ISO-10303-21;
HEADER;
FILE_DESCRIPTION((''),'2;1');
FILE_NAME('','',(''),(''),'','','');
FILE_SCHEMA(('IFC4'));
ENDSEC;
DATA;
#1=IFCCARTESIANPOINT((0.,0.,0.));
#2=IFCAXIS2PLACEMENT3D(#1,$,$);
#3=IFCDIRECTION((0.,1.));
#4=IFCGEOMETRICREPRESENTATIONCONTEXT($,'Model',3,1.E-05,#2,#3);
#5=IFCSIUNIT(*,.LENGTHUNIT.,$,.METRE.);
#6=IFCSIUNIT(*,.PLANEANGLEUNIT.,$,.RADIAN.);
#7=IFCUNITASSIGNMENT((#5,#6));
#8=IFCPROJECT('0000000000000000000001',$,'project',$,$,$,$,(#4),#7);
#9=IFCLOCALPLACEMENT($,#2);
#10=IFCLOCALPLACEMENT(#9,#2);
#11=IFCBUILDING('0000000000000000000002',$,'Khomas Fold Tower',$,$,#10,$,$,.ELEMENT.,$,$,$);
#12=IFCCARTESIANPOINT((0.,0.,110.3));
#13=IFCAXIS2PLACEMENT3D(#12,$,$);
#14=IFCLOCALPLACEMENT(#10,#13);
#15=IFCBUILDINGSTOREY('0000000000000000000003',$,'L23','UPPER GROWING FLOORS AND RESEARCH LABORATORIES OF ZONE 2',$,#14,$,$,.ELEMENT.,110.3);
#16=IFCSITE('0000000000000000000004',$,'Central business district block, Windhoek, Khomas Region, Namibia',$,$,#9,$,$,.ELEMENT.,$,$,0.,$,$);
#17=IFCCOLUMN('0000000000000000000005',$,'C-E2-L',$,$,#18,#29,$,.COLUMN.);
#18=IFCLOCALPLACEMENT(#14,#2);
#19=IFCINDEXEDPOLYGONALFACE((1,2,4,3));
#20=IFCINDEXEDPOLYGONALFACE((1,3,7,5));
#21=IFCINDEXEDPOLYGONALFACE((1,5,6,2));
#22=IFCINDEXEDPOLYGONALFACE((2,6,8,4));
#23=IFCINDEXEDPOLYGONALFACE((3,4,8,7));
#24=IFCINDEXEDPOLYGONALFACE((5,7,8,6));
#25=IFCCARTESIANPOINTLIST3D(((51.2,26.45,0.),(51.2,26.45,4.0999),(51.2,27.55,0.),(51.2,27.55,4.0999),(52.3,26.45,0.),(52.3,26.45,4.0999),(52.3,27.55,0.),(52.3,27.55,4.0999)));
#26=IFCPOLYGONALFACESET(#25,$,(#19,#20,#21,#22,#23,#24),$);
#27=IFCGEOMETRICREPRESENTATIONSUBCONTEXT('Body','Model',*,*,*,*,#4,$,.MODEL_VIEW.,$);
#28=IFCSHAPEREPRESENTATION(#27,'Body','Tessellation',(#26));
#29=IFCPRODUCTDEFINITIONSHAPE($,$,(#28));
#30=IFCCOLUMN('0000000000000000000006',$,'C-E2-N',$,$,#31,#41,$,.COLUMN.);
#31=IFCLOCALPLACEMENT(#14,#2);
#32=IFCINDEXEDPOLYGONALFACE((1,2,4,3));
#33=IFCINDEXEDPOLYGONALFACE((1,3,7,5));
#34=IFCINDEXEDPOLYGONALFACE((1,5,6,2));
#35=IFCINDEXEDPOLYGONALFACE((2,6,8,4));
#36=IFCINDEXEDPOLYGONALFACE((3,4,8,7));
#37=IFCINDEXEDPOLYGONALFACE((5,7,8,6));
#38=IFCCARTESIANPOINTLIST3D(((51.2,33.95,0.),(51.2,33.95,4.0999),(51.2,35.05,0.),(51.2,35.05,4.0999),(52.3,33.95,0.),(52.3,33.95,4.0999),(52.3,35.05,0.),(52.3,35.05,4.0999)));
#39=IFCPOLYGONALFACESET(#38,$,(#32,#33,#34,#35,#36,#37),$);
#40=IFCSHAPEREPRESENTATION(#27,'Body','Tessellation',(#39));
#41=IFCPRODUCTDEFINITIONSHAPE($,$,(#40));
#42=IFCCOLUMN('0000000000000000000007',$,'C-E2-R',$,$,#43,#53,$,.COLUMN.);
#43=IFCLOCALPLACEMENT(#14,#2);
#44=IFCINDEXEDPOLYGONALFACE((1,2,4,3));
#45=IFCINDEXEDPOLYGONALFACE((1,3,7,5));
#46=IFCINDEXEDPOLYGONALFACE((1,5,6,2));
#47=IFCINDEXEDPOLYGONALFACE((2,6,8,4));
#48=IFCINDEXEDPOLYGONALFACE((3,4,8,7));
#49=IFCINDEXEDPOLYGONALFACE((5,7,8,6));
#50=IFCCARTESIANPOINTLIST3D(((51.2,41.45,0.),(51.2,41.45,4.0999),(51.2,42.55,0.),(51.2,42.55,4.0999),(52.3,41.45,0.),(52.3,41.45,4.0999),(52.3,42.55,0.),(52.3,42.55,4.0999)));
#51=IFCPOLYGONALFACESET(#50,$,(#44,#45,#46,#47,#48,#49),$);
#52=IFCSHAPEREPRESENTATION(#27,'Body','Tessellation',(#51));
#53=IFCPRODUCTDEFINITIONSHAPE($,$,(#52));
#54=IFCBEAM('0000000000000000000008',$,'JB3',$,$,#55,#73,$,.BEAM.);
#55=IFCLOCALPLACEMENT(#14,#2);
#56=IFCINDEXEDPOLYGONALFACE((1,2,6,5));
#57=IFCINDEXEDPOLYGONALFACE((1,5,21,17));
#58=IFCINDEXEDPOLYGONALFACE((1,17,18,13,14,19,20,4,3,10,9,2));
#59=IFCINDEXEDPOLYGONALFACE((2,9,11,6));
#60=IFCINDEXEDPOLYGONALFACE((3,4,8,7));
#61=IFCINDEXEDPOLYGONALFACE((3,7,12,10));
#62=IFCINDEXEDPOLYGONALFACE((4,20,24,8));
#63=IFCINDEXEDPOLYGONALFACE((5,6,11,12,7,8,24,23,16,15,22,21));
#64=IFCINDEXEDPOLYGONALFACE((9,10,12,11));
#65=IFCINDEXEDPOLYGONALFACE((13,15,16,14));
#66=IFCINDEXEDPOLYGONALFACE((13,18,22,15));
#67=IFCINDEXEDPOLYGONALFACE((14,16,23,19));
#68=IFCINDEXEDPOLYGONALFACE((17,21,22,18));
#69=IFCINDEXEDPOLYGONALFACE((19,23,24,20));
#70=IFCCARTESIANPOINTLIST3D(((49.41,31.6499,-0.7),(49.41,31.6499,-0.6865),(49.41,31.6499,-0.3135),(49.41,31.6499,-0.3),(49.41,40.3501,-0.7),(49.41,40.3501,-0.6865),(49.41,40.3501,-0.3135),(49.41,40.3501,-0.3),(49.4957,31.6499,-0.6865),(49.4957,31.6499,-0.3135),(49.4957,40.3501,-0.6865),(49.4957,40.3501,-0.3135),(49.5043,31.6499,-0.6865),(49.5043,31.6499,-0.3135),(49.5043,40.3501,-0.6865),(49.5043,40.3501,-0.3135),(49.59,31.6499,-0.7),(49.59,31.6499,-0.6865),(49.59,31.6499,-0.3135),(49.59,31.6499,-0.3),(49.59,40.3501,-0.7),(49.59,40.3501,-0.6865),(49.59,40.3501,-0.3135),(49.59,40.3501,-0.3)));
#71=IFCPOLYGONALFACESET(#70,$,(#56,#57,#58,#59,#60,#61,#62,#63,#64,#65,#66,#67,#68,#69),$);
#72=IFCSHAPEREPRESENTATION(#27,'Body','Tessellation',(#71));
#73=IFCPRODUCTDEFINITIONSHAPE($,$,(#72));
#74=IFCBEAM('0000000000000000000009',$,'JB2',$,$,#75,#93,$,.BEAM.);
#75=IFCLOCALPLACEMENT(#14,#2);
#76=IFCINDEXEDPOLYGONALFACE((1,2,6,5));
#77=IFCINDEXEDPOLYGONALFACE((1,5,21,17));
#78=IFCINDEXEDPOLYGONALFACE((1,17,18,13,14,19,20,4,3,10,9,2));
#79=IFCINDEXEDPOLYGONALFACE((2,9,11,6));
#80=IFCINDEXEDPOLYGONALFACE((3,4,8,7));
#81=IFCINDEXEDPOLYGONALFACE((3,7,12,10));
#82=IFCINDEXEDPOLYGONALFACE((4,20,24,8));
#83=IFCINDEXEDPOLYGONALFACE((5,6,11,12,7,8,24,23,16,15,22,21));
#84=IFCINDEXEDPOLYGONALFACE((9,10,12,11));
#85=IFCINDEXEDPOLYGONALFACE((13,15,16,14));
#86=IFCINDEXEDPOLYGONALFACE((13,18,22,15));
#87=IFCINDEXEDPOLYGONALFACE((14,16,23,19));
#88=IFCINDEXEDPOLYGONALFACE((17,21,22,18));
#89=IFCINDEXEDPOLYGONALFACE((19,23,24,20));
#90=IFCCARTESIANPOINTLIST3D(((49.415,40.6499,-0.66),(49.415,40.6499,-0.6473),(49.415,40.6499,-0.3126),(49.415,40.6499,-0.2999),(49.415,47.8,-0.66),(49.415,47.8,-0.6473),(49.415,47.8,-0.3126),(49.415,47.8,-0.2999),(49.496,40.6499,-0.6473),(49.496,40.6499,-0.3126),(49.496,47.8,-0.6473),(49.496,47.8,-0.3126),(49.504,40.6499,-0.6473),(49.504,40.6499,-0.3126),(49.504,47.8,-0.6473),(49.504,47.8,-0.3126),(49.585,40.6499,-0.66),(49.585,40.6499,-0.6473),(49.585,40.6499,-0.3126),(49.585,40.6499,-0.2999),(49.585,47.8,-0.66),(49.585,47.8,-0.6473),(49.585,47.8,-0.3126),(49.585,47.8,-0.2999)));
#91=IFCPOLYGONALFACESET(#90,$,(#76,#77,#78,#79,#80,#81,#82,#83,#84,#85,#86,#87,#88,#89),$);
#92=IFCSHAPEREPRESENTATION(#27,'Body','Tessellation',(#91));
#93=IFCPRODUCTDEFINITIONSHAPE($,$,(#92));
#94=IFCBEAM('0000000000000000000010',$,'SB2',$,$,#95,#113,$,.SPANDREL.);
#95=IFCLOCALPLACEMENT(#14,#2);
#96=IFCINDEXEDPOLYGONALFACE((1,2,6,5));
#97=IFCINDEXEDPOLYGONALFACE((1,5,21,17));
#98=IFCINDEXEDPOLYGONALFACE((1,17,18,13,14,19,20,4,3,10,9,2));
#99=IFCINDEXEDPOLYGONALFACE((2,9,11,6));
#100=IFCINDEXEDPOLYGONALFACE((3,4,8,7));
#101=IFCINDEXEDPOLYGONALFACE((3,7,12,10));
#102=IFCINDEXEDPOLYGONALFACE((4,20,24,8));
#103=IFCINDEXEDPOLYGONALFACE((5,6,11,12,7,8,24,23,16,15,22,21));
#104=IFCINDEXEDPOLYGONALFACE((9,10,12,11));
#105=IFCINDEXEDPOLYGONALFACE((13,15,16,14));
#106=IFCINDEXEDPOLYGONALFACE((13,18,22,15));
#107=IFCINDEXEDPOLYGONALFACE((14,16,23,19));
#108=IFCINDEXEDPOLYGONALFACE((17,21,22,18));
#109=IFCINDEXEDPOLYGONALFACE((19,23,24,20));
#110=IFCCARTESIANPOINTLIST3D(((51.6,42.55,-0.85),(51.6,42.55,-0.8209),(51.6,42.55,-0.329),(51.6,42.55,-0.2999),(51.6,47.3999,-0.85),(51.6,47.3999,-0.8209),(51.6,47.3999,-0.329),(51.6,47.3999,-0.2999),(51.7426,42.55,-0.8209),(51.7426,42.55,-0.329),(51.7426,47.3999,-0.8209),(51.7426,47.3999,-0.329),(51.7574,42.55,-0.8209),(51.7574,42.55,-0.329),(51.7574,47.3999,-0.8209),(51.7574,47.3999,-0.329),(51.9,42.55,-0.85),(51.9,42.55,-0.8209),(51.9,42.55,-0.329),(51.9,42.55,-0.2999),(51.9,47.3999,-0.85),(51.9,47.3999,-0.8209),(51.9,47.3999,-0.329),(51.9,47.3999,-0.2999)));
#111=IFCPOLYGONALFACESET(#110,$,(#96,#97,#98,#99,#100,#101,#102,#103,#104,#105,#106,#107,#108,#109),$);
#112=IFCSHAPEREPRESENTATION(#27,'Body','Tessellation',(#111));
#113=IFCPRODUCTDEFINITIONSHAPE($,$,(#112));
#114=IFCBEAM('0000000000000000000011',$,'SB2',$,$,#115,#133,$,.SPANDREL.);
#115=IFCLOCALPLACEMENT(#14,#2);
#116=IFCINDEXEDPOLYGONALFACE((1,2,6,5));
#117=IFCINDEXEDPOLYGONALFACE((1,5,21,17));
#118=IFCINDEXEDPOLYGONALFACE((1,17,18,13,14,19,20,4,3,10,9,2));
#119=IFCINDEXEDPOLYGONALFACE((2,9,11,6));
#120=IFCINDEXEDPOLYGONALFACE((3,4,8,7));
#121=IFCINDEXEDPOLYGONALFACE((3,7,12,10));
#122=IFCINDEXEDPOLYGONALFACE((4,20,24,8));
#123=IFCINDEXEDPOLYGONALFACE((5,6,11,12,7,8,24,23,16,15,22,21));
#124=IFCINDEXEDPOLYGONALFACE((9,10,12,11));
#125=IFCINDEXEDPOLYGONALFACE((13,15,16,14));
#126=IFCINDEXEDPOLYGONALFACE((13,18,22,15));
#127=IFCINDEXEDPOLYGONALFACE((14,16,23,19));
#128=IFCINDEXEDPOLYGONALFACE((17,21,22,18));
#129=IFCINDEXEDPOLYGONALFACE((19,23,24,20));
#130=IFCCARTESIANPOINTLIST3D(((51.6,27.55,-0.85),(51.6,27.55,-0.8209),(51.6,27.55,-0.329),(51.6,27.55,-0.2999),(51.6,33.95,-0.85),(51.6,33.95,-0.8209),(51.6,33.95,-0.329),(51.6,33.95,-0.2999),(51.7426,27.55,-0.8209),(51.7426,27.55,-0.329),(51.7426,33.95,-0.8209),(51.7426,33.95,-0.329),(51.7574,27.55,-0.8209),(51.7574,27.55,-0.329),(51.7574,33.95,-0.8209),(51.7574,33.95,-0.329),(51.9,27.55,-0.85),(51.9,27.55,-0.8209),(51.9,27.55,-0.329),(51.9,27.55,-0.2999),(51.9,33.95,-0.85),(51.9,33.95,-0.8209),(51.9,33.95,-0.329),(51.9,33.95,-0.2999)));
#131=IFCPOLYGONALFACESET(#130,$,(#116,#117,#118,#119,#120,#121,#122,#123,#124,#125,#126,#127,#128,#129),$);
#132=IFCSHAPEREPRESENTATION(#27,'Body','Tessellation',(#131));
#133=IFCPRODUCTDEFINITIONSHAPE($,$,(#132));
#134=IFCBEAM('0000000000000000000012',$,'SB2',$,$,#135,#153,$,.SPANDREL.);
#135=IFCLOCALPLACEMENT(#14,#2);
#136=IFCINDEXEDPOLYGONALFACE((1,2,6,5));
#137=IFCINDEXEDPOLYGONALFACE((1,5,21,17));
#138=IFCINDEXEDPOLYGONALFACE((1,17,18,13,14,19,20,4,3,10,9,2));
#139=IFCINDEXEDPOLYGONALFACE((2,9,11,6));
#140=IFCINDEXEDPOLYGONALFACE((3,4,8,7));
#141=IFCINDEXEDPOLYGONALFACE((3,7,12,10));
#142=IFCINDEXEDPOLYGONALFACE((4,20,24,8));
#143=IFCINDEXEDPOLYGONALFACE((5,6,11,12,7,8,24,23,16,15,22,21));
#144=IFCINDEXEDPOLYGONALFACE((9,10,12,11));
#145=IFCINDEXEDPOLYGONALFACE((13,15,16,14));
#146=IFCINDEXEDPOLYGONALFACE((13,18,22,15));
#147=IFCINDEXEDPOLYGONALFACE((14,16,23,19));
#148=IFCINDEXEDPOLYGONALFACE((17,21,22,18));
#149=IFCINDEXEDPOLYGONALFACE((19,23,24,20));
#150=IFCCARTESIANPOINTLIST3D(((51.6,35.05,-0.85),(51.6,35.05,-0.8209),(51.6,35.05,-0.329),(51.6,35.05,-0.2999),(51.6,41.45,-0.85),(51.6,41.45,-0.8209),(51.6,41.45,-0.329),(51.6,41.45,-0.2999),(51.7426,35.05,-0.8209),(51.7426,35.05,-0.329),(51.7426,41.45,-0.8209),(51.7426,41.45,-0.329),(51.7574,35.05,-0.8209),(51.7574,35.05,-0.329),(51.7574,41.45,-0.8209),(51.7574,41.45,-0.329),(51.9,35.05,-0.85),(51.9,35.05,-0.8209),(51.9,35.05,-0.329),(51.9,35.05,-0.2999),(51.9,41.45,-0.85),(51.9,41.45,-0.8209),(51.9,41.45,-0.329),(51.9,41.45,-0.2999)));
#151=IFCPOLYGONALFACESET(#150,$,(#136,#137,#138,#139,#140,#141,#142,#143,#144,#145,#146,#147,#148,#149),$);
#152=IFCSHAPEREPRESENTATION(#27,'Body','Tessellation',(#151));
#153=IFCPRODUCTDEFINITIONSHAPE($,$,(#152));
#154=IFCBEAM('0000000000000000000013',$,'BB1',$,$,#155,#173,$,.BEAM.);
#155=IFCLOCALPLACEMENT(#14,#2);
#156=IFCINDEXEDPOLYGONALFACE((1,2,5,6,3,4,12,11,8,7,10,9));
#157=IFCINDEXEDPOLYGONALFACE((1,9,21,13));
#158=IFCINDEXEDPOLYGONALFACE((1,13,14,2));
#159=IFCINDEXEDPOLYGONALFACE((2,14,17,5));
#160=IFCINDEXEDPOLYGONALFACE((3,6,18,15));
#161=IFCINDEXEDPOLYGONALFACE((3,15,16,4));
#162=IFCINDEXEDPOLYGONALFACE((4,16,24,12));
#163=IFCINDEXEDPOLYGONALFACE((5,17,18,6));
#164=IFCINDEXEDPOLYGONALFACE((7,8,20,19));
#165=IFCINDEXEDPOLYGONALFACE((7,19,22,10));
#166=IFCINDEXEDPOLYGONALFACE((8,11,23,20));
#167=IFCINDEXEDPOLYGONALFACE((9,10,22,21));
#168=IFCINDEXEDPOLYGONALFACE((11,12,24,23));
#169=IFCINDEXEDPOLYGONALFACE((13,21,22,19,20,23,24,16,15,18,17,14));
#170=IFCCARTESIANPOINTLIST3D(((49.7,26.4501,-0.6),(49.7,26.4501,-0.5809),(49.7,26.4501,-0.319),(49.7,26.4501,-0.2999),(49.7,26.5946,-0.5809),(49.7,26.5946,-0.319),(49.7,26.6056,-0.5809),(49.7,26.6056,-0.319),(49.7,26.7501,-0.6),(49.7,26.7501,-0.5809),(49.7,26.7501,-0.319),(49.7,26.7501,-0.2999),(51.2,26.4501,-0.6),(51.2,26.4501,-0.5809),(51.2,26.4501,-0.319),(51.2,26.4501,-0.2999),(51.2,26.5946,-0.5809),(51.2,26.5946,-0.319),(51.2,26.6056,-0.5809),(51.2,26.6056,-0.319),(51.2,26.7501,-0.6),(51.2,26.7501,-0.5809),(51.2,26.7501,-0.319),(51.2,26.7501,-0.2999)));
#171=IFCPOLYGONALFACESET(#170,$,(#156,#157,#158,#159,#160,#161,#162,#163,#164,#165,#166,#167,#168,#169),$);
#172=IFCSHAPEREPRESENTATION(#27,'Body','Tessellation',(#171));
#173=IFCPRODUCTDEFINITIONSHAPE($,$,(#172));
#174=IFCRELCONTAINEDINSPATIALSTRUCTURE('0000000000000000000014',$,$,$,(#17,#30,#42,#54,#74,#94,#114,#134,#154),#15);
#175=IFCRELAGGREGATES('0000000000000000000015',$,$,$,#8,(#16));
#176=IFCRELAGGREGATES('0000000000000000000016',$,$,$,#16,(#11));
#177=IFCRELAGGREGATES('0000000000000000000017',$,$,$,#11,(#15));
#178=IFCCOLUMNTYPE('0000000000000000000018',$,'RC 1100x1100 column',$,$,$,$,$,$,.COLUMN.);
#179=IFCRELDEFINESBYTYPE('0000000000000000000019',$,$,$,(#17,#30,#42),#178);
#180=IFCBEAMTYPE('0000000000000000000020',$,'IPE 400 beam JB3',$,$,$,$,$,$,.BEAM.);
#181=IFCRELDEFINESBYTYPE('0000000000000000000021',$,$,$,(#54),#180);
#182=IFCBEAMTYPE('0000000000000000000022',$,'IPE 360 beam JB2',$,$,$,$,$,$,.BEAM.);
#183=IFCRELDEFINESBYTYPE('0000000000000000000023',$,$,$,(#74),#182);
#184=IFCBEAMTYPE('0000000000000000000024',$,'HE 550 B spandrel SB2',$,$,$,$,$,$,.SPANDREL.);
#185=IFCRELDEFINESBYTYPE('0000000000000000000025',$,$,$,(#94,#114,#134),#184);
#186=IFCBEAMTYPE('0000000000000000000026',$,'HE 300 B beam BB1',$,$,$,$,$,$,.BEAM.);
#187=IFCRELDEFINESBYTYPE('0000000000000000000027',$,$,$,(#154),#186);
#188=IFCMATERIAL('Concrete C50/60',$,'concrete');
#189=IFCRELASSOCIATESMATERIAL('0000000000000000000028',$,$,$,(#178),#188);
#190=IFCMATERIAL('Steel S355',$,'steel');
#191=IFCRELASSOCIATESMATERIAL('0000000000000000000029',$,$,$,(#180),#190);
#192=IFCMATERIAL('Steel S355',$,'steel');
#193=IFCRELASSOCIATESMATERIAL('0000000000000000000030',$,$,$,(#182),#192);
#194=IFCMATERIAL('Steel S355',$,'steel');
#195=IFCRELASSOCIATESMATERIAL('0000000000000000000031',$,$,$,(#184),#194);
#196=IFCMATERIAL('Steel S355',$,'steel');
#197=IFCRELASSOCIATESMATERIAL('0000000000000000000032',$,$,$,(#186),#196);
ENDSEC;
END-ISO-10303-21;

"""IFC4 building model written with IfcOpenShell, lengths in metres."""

from ifc_helpers import new_model, si_unit, direction, frame, origin, origin_2d, place, context, subcontext, project, spatial, rectangle, i_section, extrude, source, transform, mapped, material, material_profile, profile_set, type_object, element, save


model = new_model("IFC4")

# Units and contexts
model_context = context("Model", 3, precision=1e-05, world=origin(), true_north=direction((0.0, 1.0)))
body_context = subcontext(model_context, "Body", "Model", "MODEL_VIEW")
ifc_project = project(units=[si_unit("LENGTHUNIT", "METRE"), si_unit("PLANEANGLEUNIT", "RADIAN")], contexts=[model_context])

# Site, building, storey
site_placement = place(None, origin())
site = spatial("IfcSite", under=ifc_project, at=site_placement, Name="Central business district block, Windhoek, Khomas Region, Namibia", CompositionType="ELEMENT", RefElevation=0.0)
building_placement = place(site_placement, origin())
building = spatial("IfcBuilding", under=site, at=building_placement, Name="Khomas Fold Tower", CompositionType="ELEMENT")
storey_placement = place(building_placement, frame((0.0, 0.0, 110.3)))
storey = spatial("IfcBuildingStorey", under=building, at=storey_placement, Name="L23", Description="UPPER GROWING FLOORS AND RESEARCH LABORATORIES OF ZONE 2", CompositionType="ELEMENT", Elevation=110.3)

# Columns
ifc_material_1 = material(Name="Concrete C50/60", Category="concrete")
ifc_material_profile_1 = material_profile(ifc_material_1, rectangle(XDim=1.1001, YDim=1.1001, at=origin_2d()), Name="RC 1100x1100")
ifc_profile_set_1 = profile_set([ifc_material_profile_1], Name="Concrete C50/60")
column_type = type_object("IfcColumnType", Name="RC 1100x1100 column", PredefinedType="COLUMN", material=ifc_profile_set_1)
shared_shape_1 = source(origin(), body_context, "Body", "SweptSolid", [
    extrude(rectangle(XDim=1.1001, YDim=1.1001, at=origin_2d()), origin(), (0.0, 0.0, 1.0), 4.0999),
])
for number, where, z_axis, x_axis, name in (
    (1, (51.75, 27.0, 0.0), (0.0, 0.0, 1.0), (1.0, 0.0, 0.0), "C-E2-L"),
    (2, (51.75, 34.5, 0.0), (0.0, 0.0, 1.0), (1.0, 0.0, 0.0), "C-E2-N"),
    (3, (51.75, 42.0, 0.0), (0.0, 0.0, 1.0), (1.0, 0.0, 0.0), "C-E2-R"),
):
    element("IfcColumn", number, at=place(storey_placement, frame(where, z_axis=z_axis, x_axis=x_axis)), inside=storey, type_object=column_type, Name=name, PredefinedType="COLUMN", context=body_context, shape_type="MappedRepresentation", body=[
        mapped(shared_shape_1, transform((0.0, 0.0, 0.0))),
    ])

# Beams
ifc_material_2 = material(Name="Steel S355", Category="steel")
ifc_material_profile_2 = material_profile(ifc_material_2, i_section(OverallWidth=0.1799, OverallDepth=0.3999, WebThickness=0.0085, FlangeThickness=0.0134, at=origin_2d()), Name="IPE 400")
ifc_profile_set_2 = profile_set([ifc_material_profile_2], Name="Steel S355")
beam_type_1 = type_object("IfcBeamType", Name="IPE 400 beam JB3", PredefinedType="BEAM", material=ifc_profile_set_2)
shared_shape_2 = source(origin(), body_context, "Body", "SweptSolid", [
    extrude(i_section(OverallWidth=0.1799, OverallDepth=0.3999, WebThickness=0.0085, FlangeThickness=0.0134, at=origin_2d()), origin(), (0.0, 0.0, 1.0), 8.7002),
])
beam_1_placement = place(storey_placement, frame((49.5, 31.6499, -0.5), z_axis=(0.0, 1.0, 0.0), x_axis=(-1.0, 0.0, 0.0)))
element("IfcBeam", 4, at=beam_1_placement, inside=storey, type_object=beam_type_1, Name="JB3", PredefinedType="BEAM", context=body_context, shape_type="MappedRepresentation", body=[
    mapped(shared_shape_2, transform((0.0, 0.0, 0.0))),
])
ifc_material_3 = material(Name="Steel S355", Category="steel")
ifc_material_profile_3 = material_profile(ifc_material_3, i_section(OverallWidth=0.1699, OverallDepth=0.3601, WebThickness=0.0081, FlangeThickness=0.0127, at=origin_2d()), Name="IPE 360")
ifc_profile_set_3 = profile_set([ifc_material_profile_3], Name="Steel S355")
beam_type_2 = type_object("IfcBeamType", Name="IPE 360 beam JB2", PredefinedType="BEAM", material=ifc_profile_set_3)
shared_shape_3 = source(origin(), body_context, "Body", "SweptSolid", [
    extrude(i_section(OverallWidth=0.1699, OverallDepth=0.3601, WebThickness=0.0081, FlangeThickness=0.0127, at=origin_2d()), origin(), (0.0, 0.0, 1.0), 7.1501),
])
beam_2_placement = place(storey_placement, frame((49.5, 40.6499, -0.48), z_axis=(0.0, 1.0, 0.0), x_axis=(-1.0, 0.0, 0.0)))
element("IfcBeam", 5, at=beam_2_placement, inside=storey, type_object=beam_type_2, Name="JB2", PredefinedType="BEAM", context=body_context, shape_type="MappedRepresentation", body=[
    mapped(shared_shape_3, transform((0.0, 0.0, 0.0))),
])
ifc_material_4 = material(Name="Steel S355", Category="steel")
ifc_material_profile_4 = material_profile(ifc_material_4, i_section(OverallWidth=0.3, OverallDepth=0.55, WebThickness=0.0149, FlangeThickness=0.0291, at=origin_2d()), Name="HE 550 B")
ifc_profile_set_4 = profile_set([ifc_material_profile_4], Name="Steel S355")
beam_type_3 = type_object("IfcBeamType", Name="HE 550 B spandrel SB2", PredefinedType="SPANDREL", material=ifc_profile_set_4)
shared_shape_4 = source(origin(), body_context, "Body", "SweptSolid", [
    extrude(i_section(OverallWidth=0.3, OverallDepth=0.55, WebThickness=0.0149, FlangeThickness=0.0291, at=origin_2d()), origin(), (0.0, 0.0, 1.0), 4.8499),
])
beam_3_placement = place(storey_placement, frame((51.75, 42.55, -0.575), z_axis=(0.0, 1.0, 0.0), x_axis=(-1.0, 0.0, 0.0)))
element("IfcBeam", 6, at=beam_3_placement, inside=storey, type_object=beam_type_3, Name="SB2", PredefinedType="SPANDREL", context=body_context, shape_type="MappedRepresentation", body=[
    mapped(shared_shape_4, transform((0.0, 0.0, 0.0))),
])
shared_shape_5 = source(origin(), body_context, "Body", "SweptSolid", [
    extrude(i_section(OverallWidth=0.3, OverallDepth=0.55, WebThickness=0.0149, FlangeThickness=0.0291, at=origin_2d()), origin(), (0.0, 0.0, 1.0), 6.3999),
])
for number, where, z_axis, x_axis, name in (
    (7, (51.75, 27.55, -0.575), (0.0, 1.0, 0.0), (-1.0, 0.0, 0.0), "SB2"),
    (8, (51.75, 35.05, -0.575), (0.0, 1.0, 0.0), (-1.0, 0.0, 0.0), "SB2"),
):
    element("IfcBeam", number, at=place(storey_placement, frame(where, z_axis=z_axis, x_axis=x_axis)), inside=storey, type_object=beam_type_3, Name=name, PredefinedType="SPANDREL", context=body_context, shape_type="MappedRepresentation", body=[
        mapped(shared_shape_5, transform((0.0, 0.0, 0.0))),
    ])
ifc_material_5 = material(Name="Steel S355", Category="steel")
ifc_material_profile_5 = material_profile(ifc_material_5, i_section(OverallWidth=0.3, OverallDepth=0.3, WebThickness=0.011, FlangeThickness=0.019, at=origin_2d()), Name="HE 300 B")
ifc_profile_set_5 = profile_set([ifc_material_profile_5], Name="Steel S355")
beam_type_4 = type_object("IfcBeamType", Name="HE 300 B beam BB1", PredefinedType="BEAM", material=ifc_profile_set_5)
shared_shape_6 = source(origin(), body_context, "Body", "SweptSolid", [
    extrude(i_section(OverallWidth=0.3, OverallDepth=0.3, WebThickness=0.011, FlangeThickness=0.019, at=origin_2d()), origin(), (0.0, 0.0, 1.0), 1.5),
])
beam_4_placement = place(storey_placement, frame((49.7, 26.6001, -0.45), z_axis=(1.0, 0.0, 0.0), x_axis=(0.0, 1.0, 0.0)))
element("IfcBeam", 9, at=beam_4_placement, inside=storey, type_object=beam_type_4, Name="BB1", PredefinedType="BEAM", context=body_context, shape_type="MappedRepresentation", body=[
    mapped(shared_shape_6, transform((0.0, 0.0, 0.0))),
])

save(model, "model.ifc")
